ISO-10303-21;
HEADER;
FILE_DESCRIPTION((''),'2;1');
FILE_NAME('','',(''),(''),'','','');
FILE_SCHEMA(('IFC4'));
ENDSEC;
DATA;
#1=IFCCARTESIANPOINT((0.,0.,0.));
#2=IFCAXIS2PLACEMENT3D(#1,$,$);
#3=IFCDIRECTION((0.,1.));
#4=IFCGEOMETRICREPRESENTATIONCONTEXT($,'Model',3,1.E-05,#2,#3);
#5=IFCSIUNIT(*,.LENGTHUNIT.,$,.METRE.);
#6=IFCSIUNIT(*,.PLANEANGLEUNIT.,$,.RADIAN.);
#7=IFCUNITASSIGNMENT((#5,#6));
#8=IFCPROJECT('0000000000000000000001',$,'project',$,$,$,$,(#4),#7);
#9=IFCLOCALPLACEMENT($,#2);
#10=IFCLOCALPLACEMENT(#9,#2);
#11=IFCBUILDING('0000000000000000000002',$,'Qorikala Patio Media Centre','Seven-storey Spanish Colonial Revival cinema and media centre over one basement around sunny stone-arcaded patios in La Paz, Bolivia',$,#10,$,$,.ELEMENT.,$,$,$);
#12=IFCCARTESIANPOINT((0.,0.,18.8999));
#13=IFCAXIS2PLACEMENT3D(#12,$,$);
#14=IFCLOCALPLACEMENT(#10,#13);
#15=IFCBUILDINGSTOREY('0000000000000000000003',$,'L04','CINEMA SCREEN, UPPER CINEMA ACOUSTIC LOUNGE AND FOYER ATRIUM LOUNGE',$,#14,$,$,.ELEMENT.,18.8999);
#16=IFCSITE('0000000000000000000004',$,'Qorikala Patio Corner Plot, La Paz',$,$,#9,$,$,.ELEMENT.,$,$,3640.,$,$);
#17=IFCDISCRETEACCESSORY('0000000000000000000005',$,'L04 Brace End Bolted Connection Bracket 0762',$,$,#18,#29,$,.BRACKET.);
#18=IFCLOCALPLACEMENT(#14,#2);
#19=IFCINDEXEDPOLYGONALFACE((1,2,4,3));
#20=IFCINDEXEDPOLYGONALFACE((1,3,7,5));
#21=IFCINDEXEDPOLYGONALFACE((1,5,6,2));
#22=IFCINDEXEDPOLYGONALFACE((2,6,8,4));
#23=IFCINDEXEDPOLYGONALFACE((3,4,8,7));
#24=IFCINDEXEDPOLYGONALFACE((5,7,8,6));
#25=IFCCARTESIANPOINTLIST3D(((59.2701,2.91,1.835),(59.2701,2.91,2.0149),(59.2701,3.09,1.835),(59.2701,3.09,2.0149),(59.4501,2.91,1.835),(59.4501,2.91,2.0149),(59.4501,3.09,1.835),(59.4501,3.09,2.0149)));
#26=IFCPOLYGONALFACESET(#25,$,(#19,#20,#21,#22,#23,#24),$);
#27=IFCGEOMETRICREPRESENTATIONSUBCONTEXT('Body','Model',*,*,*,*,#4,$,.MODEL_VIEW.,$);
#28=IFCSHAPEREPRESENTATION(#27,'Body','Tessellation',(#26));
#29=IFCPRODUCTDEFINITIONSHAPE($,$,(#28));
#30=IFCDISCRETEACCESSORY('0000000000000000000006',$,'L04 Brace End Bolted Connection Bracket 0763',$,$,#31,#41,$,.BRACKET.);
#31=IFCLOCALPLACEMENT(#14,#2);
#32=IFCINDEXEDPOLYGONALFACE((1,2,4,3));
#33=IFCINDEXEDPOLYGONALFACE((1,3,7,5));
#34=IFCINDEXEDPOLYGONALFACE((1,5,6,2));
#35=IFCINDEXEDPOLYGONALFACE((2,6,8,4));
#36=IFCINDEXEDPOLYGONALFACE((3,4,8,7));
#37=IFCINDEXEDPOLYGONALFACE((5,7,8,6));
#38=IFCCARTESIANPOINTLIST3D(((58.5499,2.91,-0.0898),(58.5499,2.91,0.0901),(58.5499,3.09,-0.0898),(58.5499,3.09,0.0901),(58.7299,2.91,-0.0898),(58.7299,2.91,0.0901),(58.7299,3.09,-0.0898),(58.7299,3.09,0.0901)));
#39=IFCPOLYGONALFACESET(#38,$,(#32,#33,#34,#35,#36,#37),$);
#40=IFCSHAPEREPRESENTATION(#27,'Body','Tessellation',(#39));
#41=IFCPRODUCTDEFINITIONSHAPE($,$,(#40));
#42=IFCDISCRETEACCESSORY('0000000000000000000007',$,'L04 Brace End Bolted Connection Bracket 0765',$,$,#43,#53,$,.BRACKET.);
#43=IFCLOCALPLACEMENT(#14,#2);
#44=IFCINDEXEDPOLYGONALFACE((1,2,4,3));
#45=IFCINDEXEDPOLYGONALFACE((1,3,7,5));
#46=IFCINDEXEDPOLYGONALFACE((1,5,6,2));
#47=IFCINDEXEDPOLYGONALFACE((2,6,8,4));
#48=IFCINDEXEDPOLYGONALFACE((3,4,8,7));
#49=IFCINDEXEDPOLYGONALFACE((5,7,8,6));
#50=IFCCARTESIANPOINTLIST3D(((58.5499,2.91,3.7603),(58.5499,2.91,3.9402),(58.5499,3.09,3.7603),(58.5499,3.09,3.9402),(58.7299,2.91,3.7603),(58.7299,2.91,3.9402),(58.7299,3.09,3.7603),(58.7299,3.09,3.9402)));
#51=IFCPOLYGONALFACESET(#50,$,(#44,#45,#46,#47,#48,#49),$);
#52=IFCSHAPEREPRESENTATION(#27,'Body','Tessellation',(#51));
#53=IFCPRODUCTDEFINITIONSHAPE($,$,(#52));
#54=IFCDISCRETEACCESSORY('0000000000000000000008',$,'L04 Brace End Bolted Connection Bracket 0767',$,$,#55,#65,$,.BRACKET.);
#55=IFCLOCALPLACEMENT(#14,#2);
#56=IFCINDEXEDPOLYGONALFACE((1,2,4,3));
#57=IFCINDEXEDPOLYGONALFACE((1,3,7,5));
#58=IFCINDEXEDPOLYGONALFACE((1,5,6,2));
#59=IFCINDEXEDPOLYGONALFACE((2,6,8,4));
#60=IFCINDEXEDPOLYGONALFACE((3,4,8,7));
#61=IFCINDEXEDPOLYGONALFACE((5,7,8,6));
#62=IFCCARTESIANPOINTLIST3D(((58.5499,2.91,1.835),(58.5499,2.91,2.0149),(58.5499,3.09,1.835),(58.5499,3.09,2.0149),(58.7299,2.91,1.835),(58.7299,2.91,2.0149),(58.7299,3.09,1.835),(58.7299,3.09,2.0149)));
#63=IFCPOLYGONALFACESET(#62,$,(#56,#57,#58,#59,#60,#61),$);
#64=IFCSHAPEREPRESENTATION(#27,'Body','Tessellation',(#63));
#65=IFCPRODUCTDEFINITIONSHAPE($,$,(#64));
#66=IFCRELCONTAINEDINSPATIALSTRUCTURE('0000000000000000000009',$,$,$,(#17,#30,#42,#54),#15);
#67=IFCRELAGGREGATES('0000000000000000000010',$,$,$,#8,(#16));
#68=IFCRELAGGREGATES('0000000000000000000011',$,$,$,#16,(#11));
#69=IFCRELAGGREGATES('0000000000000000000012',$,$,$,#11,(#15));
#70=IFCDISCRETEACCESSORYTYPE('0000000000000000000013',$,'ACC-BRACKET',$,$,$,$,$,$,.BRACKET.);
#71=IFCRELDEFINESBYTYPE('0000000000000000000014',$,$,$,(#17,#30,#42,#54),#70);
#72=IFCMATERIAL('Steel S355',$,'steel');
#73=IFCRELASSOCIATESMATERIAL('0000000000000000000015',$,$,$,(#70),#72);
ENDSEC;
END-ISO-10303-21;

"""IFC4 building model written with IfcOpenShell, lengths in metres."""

from ifc_helpers import new_model, si_unit, direction, frame, origin, origin_2d, place, context, subcontext, project, spatial, rectangle, extrude, material, type_object, element, save


model = new_model("IFC4")

# Units and contexts
model_context = context("Model", 3, precision=1e-05, world=origin(), true_north=direction((0.0, 1.0)))
body_context = subcontext(model_context, "Body", "Model", "MODEL_VIEW")
ifc_project = project(units=[si_unit("LENGTHUNIT", "METRE"), si_unit("PLANEANGLEUNIT", "RADIAN")], contexts=[model_context])

# Site, building, storey
site_placement = place(None, origin())
site = spatial("IfcSite", under=ifc_project, at=site_placement, Name="Qorikala Patio Corner Plot, La Paz", CompositionType="ELEMENT", RefElevation=3640.0)
building_placement = place(site_placement, origin())
building = spatial("IfcBuilding", under=site, at=building_placement, Name="Qorikala Patio Media Centre", Description="Seven-storey Spanish Colonial Revival cinema and media centre over one basement around sunny stone-arcaded patios in La Paz, Bolivia", CompositionType="ELEMENT")
storey_placement = place(building_placement, frame((0.0, 0.0, 18.8999)))
storey = spatial("IfcBuildingStorey", under=building, at=storey_placement, Name="L04", Description="CINEMA SCREEN, UPPER CINEMA ACOUSTIC LOUNGE AND FOYER ATRIUM LOUNGE", CompositionType="ELEMENT", Elevation=18.8999)

# Discrete accessories
ifc_material_1 = material(Name="Steel S355", Category="steel")
discrete_accessory_type = type_object("IfcDiscreteAccessoryType", Name="ACC-BRACKET", PredefinedType="BRACKET", material=ifc_material_1)
for number, where, z_axis, x_axis, name in (
    (1, (59.3601, 3.0, 1.835), (0.0, 0.0, 1.0), (1.0, 0.0, 0.0), "L04 Brace End Bolted Connection Bracket 0762"),
    (2, (58.6399, 3.0, -0.0898), (0.0, 0.0, 1.0), (1.0, 0.0, 0.0), "L04 Brace End Bolted Connection Bracket 0763"),
    (3, (58.6399, 3.0, 3.7603), (0.0, 0.0, 1.0), (1.0, 0.0, 0.0), "L04 Brace End Bolted Connection Bracket 0765"),
    (4, (58.6399, 3.0, 1.835), (0.0, 0.0, 1.0), (1.0, 0.0, 0.0), "L04 Brace End Bolted Connection Bracket 0767"),
):
    element("IfcDiscreteAccessory", number, at=place(storey_placement, frame(where, z_axis=z_axis, x_axis=x_axis)), inside=storey, type_object=discrete_accessory_type, Name=name, PredefinedType="BRACKET", context=body_context, shape_type="SweptSolid", body=[
        extrude(rectangle(XDim=0.1799, YDim=0.1799, at=origin_2d()), origin(), (0.0, 0.0, 1.0), 0.1799),
    ])

save(model, "model.ifc")
